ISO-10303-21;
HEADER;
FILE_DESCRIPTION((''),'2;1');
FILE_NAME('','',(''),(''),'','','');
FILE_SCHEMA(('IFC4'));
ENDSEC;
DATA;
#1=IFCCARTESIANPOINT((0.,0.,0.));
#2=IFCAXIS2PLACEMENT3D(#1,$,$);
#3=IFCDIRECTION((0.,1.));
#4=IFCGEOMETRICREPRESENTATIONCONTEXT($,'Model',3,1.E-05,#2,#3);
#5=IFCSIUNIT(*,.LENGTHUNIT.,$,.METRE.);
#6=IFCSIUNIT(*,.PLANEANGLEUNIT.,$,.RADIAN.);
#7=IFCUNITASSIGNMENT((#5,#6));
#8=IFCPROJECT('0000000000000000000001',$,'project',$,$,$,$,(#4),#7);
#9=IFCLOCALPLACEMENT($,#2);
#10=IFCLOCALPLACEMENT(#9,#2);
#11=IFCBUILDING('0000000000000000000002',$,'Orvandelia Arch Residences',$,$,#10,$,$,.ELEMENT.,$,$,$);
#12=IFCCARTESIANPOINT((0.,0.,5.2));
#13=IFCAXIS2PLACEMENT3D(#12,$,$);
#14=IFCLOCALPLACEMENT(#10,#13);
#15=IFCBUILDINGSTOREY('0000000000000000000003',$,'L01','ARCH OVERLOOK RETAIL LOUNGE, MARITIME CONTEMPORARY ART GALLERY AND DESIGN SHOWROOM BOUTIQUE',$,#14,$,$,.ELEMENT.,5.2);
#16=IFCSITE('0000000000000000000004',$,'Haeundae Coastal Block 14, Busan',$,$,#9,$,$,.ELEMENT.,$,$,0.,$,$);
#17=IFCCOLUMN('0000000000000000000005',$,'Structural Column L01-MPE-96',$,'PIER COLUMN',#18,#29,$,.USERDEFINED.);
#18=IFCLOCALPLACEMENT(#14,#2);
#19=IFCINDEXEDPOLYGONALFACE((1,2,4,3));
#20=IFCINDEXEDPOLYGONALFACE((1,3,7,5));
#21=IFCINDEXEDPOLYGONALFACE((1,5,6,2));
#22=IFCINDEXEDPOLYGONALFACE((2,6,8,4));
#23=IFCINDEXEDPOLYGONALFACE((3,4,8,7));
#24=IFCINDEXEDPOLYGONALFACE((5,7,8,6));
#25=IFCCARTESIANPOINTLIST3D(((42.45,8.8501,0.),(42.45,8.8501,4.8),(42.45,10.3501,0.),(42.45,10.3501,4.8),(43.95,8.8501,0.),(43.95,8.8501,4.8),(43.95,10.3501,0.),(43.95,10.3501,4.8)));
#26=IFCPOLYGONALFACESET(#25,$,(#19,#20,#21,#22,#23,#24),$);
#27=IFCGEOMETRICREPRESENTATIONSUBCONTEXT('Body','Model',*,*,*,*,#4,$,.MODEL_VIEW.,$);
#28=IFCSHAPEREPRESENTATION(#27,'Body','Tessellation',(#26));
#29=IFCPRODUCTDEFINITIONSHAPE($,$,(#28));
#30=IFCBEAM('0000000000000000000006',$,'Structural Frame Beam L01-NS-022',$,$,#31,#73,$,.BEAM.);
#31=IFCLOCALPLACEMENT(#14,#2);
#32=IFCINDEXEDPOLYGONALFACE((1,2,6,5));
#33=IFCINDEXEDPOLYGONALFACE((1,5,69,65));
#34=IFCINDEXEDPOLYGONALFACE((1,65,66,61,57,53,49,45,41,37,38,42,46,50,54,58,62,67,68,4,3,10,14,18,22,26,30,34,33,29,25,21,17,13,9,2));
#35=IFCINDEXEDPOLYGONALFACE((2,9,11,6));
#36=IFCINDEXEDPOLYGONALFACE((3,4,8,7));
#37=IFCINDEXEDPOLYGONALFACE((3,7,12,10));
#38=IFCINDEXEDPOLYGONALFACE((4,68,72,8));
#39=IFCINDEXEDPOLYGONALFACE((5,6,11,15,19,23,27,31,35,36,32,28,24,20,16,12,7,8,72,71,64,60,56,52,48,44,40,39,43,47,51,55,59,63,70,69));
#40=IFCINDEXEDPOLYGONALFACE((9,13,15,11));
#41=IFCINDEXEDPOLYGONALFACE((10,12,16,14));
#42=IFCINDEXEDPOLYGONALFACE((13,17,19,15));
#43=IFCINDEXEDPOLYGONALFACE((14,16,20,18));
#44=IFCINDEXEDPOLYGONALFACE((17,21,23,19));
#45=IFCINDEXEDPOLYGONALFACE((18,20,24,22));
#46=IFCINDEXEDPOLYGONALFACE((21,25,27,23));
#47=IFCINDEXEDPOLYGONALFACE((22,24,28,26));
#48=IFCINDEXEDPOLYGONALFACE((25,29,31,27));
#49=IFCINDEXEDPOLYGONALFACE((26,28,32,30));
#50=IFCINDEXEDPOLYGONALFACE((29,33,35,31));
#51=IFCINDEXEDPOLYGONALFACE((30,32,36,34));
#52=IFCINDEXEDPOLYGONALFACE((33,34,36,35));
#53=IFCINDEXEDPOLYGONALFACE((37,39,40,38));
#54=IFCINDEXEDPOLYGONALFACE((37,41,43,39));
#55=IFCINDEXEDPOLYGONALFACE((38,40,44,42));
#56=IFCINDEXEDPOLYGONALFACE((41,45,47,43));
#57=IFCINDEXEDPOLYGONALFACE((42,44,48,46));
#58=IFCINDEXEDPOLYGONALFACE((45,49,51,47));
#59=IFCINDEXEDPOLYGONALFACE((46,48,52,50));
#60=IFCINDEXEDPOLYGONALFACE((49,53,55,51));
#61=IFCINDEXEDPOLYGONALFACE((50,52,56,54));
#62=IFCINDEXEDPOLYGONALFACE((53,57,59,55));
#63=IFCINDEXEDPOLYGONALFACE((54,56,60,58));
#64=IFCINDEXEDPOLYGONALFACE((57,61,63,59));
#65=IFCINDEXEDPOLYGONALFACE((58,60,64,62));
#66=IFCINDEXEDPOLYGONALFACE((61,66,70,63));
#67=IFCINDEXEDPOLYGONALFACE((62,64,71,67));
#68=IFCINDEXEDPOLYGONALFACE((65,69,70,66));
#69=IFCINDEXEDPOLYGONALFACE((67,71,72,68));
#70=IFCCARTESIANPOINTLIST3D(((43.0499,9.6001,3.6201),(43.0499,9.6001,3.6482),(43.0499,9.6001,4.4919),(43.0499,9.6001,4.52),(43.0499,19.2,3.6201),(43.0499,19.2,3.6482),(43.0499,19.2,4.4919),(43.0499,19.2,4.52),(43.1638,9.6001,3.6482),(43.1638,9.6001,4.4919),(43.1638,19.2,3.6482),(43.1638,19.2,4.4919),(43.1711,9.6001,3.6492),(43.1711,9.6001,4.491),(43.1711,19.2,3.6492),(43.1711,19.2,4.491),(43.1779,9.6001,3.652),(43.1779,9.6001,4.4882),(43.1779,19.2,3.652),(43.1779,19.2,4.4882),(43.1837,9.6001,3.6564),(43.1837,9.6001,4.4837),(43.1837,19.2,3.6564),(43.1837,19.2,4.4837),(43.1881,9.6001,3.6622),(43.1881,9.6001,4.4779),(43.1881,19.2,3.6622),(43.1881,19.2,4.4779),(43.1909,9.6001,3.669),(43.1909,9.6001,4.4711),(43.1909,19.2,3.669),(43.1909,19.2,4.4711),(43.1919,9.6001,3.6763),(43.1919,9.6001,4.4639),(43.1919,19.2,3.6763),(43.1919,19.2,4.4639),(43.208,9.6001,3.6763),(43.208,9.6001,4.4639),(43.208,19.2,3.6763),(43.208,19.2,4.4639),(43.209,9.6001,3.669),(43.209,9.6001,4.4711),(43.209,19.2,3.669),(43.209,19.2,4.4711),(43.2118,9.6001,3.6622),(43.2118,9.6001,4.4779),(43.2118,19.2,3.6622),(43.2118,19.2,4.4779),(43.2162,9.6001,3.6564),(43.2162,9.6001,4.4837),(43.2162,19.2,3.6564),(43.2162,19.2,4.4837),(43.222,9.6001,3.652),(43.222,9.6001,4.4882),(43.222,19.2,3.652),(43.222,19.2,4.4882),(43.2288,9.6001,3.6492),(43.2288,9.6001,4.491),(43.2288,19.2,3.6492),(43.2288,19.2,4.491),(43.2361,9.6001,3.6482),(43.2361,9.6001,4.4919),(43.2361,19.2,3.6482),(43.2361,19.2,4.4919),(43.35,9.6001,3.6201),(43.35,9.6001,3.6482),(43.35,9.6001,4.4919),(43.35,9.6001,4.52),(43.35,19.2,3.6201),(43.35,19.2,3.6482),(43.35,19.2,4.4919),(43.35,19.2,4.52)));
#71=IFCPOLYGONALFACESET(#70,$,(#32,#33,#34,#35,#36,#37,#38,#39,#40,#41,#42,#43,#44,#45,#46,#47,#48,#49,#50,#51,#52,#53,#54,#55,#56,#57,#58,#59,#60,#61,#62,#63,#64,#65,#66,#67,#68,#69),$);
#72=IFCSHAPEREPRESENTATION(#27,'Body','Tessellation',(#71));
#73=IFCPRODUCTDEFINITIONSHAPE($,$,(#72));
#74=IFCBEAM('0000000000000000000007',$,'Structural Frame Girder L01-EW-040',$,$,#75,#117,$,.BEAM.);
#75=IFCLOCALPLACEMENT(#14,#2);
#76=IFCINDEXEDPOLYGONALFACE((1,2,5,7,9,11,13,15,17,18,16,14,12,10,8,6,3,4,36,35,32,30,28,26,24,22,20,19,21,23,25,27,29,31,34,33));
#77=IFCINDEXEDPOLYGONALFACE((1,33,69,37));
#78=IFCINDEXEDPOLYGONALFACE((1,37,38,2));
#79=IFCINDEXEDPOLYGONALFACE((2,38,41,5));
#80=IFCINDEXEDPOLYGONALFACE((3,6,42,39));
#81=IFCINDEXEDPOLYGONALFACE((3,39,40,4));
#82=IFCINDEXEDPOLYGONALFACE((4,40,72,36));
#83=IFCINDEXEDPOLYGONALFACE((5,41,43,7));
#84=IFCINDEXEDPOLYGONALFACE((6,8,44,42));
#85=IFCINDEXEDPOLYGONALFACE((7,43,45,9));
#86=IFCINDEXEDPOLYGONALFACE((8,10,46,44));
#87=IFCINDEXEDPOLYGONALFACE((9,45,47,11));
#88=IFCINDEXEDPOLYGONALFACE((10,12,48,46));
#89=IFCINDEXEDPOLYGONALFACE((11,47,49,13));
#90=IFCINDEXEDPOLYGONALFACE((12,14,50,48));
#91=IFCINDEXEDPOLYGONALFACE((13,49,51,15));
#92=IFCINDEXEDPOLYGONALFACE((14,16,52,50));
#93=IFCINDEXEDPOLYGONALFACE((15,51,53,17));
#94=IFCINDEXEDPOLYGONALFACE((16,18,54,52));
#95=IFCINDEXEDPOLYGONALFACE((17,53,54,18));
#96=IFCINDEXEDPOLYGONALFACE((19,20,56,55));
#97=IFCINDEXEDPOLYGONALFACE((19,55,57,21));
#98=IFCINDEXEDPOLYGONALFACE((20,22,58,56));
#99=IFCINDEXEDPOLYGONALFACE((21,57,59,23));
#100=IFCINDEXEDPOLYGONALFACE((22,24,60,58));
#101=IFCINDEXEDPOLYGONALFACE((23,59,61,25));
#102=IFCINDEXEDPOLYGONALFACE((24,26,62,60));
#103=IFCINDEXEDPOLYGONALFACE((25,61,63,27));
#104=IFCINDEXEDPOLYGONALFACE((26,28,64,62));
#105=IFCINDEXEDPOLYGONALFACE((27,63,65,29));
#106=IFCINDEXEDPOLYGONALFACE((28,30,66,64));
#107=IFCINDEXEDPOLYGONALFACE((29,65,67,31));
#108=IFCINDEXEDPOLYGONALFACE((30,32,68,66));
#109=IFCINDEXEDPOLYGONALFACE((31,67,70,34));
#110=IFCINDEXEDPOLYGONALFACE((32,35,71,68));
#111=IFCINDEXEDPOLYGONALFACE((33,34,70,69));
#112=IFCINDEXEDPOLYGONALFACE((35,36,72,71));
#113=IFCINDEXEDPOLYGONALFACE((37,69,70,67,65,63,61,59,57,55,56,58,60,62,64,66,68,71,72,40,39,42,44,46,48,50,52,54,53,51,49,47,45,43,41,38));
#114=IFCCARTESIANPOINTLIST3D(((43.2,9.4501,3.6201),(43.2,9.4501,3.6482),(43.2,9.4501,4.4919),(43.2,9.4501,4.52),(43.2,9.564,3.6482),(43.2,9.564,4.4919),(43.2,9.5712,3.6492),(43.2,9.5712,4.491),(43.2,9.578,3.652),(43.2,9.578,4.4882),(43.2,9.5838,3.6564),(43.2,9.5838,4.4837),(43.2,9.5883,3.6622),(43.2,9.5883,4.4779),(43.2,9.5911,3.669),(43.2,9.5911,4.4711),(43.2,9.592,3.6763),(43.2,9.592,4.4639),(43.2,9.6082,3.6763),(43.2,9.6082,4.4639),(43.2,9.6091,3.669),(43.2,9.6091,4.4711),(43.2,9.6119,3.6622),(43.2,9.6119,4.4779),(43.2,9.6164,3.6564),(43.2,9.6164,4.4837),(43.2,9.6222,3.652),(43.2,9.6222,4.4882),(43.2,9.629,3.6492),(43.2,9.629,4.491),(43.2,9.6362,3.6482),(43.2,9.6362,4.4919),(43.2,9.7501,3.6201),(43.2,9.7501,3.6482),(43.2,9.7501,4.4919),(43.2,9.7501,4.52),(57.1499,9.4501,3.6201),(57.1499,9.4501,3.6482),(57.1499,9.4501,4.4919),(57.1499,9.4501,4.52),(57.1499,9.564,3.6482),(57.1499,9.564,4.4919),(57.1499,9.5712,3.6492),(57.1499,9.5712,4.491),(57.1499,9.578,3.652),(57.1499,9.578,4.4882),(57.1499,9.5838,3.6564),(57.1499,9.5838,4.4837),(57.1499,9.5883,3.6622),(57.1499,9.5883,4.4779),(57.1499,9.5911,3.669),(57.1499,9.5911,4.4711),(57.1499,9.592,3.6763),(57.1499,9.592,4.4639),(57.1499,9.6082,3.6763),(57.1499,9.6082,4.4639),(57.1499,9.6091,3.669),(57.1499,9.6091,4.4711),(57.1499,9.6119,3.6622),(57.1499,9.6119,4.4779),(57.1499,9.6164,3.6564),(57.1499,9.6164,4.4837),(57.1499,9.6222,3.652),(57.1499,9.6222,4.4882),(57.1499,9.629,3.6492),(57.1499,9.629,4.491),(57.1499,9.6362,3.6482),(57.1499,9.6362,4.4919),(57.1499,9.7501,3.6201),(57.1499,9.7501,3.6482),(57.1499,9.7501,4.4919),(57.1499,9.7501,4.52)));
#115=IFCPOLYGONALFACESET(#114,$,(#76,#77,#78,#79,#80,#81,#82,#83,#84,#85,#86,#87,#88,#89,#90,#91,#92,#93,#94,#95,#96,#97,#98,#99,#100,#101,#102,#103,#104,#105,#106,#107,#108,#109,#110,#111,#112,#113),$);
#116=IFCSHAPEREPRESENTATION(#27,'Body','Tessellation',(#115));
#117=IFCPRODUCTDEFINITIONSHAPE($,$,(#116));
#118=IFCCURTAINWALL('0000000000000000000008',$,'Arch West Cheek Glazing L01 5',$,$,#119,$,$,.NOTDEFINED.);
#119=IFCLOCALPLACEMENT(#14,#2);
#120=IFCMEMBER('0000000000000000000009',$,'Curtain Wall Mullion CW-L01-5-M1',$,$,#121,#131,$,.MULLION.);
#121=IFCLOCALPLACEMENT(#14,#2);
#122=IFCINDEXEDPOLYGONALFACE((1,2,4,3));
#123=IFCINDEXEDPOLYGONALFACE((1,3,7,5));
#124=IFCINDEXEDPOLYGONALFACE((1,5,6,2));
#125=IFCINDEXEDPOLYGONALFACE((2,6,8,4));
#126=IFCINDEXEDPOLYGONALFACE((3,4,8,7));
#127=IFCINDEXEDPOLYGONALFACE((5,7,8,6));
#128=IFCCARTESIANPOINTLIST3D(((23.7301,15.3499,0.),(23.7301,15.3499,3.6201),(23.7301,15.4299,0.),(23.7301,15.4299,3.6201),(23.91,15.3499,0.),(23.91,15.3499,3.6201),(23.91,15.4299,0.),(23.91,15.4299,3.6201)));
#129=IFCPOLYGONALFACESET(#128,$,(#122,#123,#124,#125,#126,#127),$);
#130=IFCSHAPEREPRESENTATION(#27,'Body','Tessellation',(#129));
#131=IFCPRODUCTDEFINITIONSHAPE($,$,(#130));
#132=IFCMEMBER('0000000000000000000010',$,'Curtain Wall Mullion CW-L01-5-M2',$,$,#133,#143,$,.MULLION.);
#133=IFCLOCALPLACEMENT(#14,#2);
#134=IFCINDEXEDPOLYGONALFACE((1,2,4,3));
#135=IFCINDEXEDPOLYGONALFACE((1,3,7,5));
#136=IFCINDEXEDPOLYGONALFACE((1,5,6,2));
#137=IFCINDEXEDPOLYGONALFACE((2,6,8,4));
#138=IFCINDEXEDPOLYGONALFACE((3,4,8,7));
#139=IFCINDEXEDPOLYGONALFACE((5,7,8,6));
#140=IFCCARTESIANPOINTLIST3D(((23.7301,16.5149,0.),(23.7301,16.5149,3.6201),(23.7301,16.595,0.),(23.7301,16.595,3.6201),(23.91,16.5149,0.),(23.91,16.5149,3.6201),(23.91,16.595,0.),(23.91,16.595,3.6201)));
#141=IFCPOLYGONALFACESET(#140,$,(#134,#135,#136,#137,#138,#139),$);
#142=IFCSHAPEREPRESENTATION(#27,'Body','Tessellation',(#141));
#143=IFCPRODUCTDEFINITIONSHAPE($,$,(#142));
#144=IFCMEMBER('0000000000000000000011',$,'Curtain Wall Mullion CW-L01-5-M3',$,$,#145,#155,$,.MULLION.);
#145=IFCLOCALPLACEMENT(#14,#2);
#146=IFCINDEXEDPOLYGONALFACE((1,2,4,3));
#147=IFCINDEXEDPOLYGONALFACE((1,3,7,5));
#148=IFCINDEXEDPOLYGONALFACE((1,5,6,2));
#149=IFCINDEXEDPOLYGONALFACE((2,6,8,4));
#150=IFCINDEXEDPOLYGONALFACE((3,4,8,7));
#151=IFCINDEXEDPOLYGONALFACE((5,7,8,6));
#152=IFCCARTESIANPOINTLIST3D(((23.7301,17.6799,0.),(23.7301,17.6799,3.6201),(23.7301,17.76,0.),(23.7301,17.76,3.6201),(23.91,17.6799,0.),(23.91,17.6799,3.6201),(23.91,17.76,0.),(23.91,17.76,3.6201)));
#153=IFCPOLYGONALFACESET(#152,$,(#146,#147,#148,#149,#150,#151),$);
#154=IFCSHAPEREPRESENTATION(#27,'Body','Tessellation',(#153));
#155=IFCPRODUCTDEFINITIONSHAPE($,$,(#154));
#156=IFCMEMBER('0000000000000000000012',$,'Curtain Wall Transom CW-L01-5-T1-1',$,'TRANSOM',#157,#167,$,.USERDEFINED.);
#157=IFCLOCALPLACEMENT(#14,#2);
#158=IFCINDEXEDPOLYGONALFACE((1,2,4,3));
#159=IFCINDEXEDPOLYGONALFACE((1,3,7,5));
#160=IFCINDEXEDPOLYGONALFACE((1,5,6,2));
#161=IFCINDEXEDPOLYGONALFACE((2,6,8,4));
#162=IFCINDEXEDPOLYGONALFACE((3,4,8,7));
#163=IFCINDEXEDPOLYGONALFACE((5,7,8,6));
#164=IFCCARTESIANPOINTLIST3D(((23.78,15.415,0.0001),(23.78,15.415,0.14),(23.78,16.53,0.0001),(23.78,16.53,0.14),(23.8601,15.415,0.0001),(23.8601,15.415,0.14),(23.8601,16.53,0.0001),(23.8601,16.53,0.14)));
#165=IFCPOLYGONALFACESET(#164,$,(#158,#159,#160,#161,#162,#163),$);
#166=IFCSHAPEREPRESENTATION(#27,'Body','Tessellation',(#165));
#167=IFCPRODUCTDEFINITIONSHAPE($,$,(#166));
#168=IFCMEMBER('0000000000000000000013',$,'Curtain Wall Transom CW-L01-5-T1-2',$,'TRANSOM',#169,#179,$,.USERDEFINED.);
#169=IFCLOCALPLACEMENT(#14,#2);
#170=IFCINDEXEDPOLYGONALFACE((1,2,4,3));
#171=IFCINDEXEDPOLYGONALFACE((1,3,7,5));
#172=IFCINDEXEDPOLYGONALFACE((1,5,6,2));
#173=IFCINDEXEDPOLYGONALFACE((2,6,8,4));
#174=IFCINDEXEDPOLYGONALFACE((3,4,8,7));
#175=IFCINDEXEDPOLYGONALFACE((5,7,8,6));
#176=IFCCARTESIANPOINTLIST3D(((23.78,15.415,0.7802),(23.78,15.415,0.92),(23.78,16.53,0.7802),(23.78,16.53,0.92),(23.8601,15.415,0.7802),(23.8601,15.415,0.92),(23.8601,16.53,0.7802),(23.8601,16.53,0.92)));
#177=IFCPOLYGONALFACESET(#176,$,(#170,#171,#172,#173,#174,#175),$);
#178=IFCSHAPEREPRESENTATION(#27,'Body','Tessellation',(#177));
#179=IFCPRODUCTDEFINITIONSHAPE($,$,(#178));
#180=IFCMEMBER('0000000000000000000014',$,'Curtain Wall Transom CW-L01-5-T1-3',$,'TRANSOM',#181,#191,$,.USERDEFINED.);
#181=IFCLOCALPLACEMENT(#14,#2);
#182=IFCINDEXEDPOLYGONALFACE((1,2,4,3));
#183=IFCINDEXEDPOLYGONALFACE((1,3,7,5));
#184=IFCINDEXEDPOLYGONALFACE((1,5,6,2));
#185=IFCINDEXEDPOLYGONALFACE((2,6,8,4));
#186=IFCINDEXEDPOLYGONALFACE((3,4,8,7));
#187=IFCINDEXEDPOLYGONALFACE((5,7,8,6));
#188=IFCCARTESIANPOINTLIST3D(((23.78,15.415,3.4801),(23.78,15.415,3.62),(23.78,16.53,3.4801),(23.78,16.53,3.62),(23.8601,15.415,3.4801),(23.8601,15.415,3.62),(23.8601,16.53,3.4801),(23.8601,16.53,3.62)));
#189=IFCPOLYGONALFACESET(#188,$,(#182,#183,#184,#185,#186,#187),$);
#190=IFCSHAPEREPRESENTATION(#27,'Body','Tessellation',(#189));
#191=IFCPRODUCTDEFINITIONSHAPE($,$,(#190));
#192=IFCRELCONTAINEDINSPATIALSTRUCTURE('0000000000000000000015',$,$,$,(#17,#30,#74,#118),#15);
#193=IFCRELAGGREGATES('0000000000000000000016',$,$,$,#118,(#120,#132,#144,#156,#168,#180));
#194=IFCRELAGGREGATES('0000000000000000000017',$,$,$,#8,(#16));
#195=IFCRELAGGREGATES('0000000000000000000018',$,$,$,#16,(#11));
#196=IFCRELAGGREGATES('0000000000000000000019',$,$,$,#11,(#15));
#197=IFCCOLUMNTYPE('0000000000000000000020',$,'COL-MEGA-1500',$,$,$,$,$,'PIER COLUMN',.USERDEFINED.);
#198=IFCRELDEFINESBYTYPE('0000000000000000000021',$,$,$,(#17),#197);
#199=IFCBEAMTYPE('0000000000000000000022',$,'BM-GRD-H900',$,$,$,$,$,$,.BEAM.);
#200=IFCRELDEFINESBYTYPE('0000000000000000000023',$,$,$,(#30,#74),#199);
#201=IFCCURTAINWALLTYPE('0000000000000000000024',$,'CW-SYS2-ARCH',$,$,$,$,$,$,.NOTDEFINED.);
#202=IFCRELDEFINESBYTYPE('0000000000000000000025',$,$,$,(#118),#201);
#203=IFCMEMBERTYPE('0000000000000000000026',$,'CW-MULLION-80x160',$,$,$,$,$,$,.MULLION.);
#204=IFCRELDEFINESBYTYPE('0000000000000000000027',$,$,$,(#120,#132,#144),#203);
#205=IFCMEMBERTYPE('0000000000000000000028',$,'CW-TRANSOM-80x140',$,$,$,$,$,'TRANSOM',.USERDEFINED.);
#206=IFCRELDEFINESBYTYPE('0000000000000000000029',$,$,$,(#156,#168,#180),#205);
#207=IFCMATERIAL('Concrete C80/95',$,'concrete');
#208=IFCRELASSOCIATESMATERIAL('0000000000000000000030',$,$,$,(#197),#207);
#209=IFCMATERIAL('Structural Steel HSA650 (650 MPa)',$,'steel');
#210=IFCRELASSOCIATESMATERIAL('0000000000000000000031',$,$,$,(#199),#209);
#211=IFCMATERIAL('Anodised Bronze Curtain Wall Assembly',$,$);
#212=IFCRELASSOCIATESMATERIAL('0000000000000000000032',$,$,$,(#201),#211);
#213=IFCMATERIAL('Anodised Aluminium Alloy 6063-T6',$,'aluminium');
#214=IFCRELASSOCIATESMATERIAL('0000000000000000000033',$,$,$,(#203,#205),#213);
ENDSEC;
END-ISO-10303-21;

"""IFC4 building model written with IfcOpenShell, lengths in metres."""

from ifc_helpers import new_model, si_unit, direction, frame, origin, origin_2d, place, context, subcontext, project, spatial, rectangle, i_section, extrude, material, material_profile, profile_set, type_object, element, aggregate, save


model = new_model("IFC4")

# Units and contexts
model_context = context("Model", 3, precision=1e-05, world=origin(), true_north=direction((0.0, 1.0)))
body_context = subcontext(model_context, "Body", "Model", "MODEL_VIEW")
ifc_project = project(units=[si_unit("LENGTHUNIT", "METRE"), si_unit("PLANEANGLEUNIT", "RADIAN")], contexts=[model_context])

# Site, building, storey
site_placement = place(None, origin())
site = spatial("IfcSite", under=ifc_project, at=site_placement, Name="Haeundae Coastal Block 14, Busan", CompositionType="ELEMENT", RefElevation=0.0)
building_placement = place(site_placement, origin())
building = spatial("IfcBuilding", under=site, at=building_placement, Name="Orvandelia Arch Residences", CompositionType="ELEMENT")
storey_placement = place(building_placement, frame((0.0, 0.0, 5.2)))
storey = spatial("IfcBuildingStorey", under=building, at=storey_placement, Name="L01", Description="ARCH OVERLOOK RETAIL LOUNGE, MARITIME CONTEMPORARY ART GALLERY AND DESIGN SHOWROOM BOUTIQUE", CompositionType="ELEMENT", Elevation=5.2)

# Column
ifc_material_1 = material(Name="Concrete C80/95", Category="concrete")
ifc_material_profile_1 = material_profile(ifc_material_1, rectangle(XDim=1.5, YDim=1.5, at=origin_2d()), Name="Concrete C80/95", Category="concrete")
ifc_profile_set_1 = profile_set([ifc_material_profile_1], Name="Concrete C80/95")
column_type = type_object("IfcColumnType", Name="COL-MEGA-1500", ElementType="PIER COLUMN", PredefinedType="USERDEFINED", material=ifc_profile_set_1)
column_placement = place(storey_placement, frame((43.2, 9.6001, 0.0), z_axis=(0.0, 0.0, 1.0), x_axis=(1.0, 0.0, 0.0)))
element("IfcColumn", 1, at=column_placement, inside=storey, type_object=column_type, Name="Structural Column L01-MPE-96", ObjectType="PIER COLUMN", PredefinedType="USERDEFINED", context=body_context, shape_type="SweptSolid", body=[
    extrude(rectangle(XDim=1.5, YDim=1.5, at=origin_2d()), origin(), (0.0, 0.0, 1.0), 4.8),
])

# Beams
ifc_material_2 = material(Name="Structural Steel HSA650 (650 MPa)", Category="steel")
ifc_material_profile_2 = material_profile(ifc_material_2, i_section(OverallWidth=0.3, OverallDepth=0.8999, WebThickness=0.0161, FlangeThickness=0.0281, FilletRadius=0.0281, at=origin_2d()), Name="Structural Steel HSA650 (650 MPa)", Category="steel")
ifc_profile_set_2 = profile_set([ifc_material_profile_2], Name="Structural Steel HSA650 (650 MPa)")
beam_type = type_object("IfcBeamType", Name="BM-GRD-H900", PredefinedType="BEAM", material=ifc_profile_set_2)
beam_1_placement = place(storey_placement, frame((43.2, 9.6001, 4.0701), z_axis=(0.0, 1.0, 0.0), x_axis=(-1.0, 0.0, 0.0)))
element("IfcBeam", 2, at=beam_1_placement, inside=storey, type_object=beam_type, Name="Structural Frame Beam L01-NS-022", PredefinedType="BEAM", context=body_context, shape_type="SweptSolid", body=[
    extrude(i_section(OverallWidth=0.3, OverallDepth=0.8999, WebThickness=0.0161, FlangeThickness=0.0281, FilletRadius=0.0281, at=origin_2d()), origin(), (0.0, 0.0, 1.0), 9.5999),
])
beam_2_placement = place(storey_placement, frame((43.2, 9.6001, 4.0701), z_axis=(1.0, 0.0, 0.0), x_axis=(0.0, 1.0, 0.0)))
element("IfcBeam", 3, at=beam_2_placement, inside=storey, type_object=beam_type, Name="Structural Frame Girder L01-EW-040", PredefinedType="BEAM", context=body_context, shape_type="SweptSolid", body=[
    extrude(i_section(OverallWidth=0.3, OverallDepth=0.8999, WebThickness=0.0161, FlangeThickness=0.0281, FilletRadius=0.0281, at=origin_2d()), origin(), (0.0, 0.0, 1.0), 13.95),
])

# Curtain wall, members
ifc_material_3 = material(Name="Anodised Bronze Curtain Wall Assembly")
curtain_wall_type = type_object("IfcCurtainWallType", Name="CW-SYS2-ARCH", PredefinedType="NOTDEFINED", material=ifc_material_3)
curtain_wall_placement = place(storey_placement, origin())
curtain_wall = element("IfcCurtainWall", 4, at=curtain_wall_placement, inside=storey, type_object=curtain_wall_type, Name="Arch West Cheek Glazing L01 5", PredefinedType="NOTDEFINED")
ifc_material_4 = material(Name="Anodised Aluminium Alloy 6063-T6", Category="aluminium")
ifc_material_profile_3 = material_profile(ifc_material_4, rectangle(XDim=0.0801, YDim=0.1799, at=origin_2d()), Name="Anodised Aluminium Alloy 6063-T6", Category="aluminium")
ifc_profile_set_3 = profile_set([ifc_material_profile_3], Name="Anodised Aluminium Alloy 6063-T6")
member_type_1 = type_object("IfcMemberType", Name="CW-MULLION-80x160", PredefinedType="MULLION", material=ifc_profile_set_3)
member_1_placement = place(storey_placement, frame((23.8201, 15.3899, 0.0), z_axis=(0.0, 0.0, 1.0), x_axis=(0.0, 1.0, 0.0)))
member_1 = element("IfcMember", 5, at=member_1_placement, type_object=member_type_1, Name="Curtain Wall Mullion CW-L01-5-M1", PredefinedType="MULLION", context=body_context, shape_type="SweptSolid", body=[
    extrude(rectangle(XDim=0.0801, YDim=0.1799, at=origin_2d()), origin(), (0.0, 0.0, 1.0), 3.6201),
])
member_2_placement = place(storey_placement, frame((23.8201, 16.5549, 0.0), z_axis=(0.0, 0.0, 1.0), x_axis=(0.0, 1.0, 0.0)))
member_2 = element("IfcMember", 6, at=member_2_placement, type_object=member_type_1, Name="Curtain Wall Mullion CW-L01-5-M2", PredefinedType="MULLION", context=body_context, shape_type="SweptSolid", body=[
    extrude(rectangle(XDim=0.0801, YDim=0.1799, at=origin_2d()), origin(), (0.0, 0.0, 1.0), 3.6201),
])
member_3_placement = place(storey_placement, frame((23.8201, 17.72, 0.0), z_axis=(0.0, 0.0, 1.0), x_axis=(0.0, 1.0, 0.0)))
member_3 = element("IfcMember", 7, at=member_3_placement, type_object=member_type_1, Name="Curtain Wall Mullion CW-L01-5-M3", PredefinedType="MULLION", context=body_context, shape_type="SweptSolid", body=[
    extrude(rectangle(XDim=0.0801, YDim=0.1799, at=origin_2d()), origin(), (0.0, 0.0, 1.0), 3.6201),
])
ifc_material_profile_4 = material_profile(ifc_material_4, rectangle(XDim=0.0801, YDim=0.1399, at=origin_2d()), Name="Anodised Aluminium Alloy 6063-T6", Category="aluminium")
ifc_profile_set_4 = profile_set([ifc_material_profile_4], Name="Anodised Aluminium Alloy 6063-T6")
member_type_2 = type_object("IfcMemberType", Name="CW-TRANSOM-80x140", ElementType="TRANSOM", PredefinedType="USERDEFINED", material=ifc_profile_set_4)
member_4_placement = place(storey_placement, frame((23.8201, 15.415, 0.0701), z_axis=(0.0, 1.0, 0.0), x_axis=(-1.0, 0.0, 0.0)))
member_4 = element("IfcMember", 8, at=member_4_placement, type_object=member_type_2, Name="Curtain Wall Transom CW-L01-5-T1-1", ObjectType="TRANSOM", PredefinedType="USERDEFINED", context=body_context, shape_type="SweptSolid", body=[
    extrude(rectangle(XDim=0.0801, YDim=0.1399, at=origin_2d()), origin(), (0.0, 0.0, 1.0), 1.115),
])
member_5_placement = place(storey_placement, frame((23.8201, 15.415, 0.8501), z_axis=(0.0, 1.0, 0.0), x_axis=(-1.0, 0.0, 0.0)))
member_5 = element("IfcMember", 9, at=member_5_placement, type_object=member_type_2, Name="Curtain Wall Transom CW-L01-5-T1-2", ObjectType="TRANSOM", PredefinedType="USERDEFINED", context=body_context, shape_type="SweptSolid", body=[
    extrude(rectangle(XDim=0.0801, YDim=0.1399, at=origin_2d()), origin(), (0.0, 0.0, 1.0), 1.115),
])
member_6_placement = place(storey_placement, frame((23.8201, 15.415, 3.55), z_axis=(0.0, 1.0, 0.0), x_axis=(-1.0, 0.0, 0.0)))
member_6 = element("IfcMember", 10, at=member_6_placement, type_object=member_type_2, Name="Curtain Wall Transom CW-L01-5-T1-3", ObjectType="TRANSOM", PredefinedType="USERDEFINED", context=body_context, shape_type="SweptSolid", body=[
    extrude(rectangle(XDim=0.0801, YDim=0.1399, at=origin_2d()), origin(), (0.0, 0.0, 1.0), 1.115),
])
aggregate(curtain_wall, [member_1, member_2, member_3, member_4, member_5, member_6])

save(model, "model.ifc")
